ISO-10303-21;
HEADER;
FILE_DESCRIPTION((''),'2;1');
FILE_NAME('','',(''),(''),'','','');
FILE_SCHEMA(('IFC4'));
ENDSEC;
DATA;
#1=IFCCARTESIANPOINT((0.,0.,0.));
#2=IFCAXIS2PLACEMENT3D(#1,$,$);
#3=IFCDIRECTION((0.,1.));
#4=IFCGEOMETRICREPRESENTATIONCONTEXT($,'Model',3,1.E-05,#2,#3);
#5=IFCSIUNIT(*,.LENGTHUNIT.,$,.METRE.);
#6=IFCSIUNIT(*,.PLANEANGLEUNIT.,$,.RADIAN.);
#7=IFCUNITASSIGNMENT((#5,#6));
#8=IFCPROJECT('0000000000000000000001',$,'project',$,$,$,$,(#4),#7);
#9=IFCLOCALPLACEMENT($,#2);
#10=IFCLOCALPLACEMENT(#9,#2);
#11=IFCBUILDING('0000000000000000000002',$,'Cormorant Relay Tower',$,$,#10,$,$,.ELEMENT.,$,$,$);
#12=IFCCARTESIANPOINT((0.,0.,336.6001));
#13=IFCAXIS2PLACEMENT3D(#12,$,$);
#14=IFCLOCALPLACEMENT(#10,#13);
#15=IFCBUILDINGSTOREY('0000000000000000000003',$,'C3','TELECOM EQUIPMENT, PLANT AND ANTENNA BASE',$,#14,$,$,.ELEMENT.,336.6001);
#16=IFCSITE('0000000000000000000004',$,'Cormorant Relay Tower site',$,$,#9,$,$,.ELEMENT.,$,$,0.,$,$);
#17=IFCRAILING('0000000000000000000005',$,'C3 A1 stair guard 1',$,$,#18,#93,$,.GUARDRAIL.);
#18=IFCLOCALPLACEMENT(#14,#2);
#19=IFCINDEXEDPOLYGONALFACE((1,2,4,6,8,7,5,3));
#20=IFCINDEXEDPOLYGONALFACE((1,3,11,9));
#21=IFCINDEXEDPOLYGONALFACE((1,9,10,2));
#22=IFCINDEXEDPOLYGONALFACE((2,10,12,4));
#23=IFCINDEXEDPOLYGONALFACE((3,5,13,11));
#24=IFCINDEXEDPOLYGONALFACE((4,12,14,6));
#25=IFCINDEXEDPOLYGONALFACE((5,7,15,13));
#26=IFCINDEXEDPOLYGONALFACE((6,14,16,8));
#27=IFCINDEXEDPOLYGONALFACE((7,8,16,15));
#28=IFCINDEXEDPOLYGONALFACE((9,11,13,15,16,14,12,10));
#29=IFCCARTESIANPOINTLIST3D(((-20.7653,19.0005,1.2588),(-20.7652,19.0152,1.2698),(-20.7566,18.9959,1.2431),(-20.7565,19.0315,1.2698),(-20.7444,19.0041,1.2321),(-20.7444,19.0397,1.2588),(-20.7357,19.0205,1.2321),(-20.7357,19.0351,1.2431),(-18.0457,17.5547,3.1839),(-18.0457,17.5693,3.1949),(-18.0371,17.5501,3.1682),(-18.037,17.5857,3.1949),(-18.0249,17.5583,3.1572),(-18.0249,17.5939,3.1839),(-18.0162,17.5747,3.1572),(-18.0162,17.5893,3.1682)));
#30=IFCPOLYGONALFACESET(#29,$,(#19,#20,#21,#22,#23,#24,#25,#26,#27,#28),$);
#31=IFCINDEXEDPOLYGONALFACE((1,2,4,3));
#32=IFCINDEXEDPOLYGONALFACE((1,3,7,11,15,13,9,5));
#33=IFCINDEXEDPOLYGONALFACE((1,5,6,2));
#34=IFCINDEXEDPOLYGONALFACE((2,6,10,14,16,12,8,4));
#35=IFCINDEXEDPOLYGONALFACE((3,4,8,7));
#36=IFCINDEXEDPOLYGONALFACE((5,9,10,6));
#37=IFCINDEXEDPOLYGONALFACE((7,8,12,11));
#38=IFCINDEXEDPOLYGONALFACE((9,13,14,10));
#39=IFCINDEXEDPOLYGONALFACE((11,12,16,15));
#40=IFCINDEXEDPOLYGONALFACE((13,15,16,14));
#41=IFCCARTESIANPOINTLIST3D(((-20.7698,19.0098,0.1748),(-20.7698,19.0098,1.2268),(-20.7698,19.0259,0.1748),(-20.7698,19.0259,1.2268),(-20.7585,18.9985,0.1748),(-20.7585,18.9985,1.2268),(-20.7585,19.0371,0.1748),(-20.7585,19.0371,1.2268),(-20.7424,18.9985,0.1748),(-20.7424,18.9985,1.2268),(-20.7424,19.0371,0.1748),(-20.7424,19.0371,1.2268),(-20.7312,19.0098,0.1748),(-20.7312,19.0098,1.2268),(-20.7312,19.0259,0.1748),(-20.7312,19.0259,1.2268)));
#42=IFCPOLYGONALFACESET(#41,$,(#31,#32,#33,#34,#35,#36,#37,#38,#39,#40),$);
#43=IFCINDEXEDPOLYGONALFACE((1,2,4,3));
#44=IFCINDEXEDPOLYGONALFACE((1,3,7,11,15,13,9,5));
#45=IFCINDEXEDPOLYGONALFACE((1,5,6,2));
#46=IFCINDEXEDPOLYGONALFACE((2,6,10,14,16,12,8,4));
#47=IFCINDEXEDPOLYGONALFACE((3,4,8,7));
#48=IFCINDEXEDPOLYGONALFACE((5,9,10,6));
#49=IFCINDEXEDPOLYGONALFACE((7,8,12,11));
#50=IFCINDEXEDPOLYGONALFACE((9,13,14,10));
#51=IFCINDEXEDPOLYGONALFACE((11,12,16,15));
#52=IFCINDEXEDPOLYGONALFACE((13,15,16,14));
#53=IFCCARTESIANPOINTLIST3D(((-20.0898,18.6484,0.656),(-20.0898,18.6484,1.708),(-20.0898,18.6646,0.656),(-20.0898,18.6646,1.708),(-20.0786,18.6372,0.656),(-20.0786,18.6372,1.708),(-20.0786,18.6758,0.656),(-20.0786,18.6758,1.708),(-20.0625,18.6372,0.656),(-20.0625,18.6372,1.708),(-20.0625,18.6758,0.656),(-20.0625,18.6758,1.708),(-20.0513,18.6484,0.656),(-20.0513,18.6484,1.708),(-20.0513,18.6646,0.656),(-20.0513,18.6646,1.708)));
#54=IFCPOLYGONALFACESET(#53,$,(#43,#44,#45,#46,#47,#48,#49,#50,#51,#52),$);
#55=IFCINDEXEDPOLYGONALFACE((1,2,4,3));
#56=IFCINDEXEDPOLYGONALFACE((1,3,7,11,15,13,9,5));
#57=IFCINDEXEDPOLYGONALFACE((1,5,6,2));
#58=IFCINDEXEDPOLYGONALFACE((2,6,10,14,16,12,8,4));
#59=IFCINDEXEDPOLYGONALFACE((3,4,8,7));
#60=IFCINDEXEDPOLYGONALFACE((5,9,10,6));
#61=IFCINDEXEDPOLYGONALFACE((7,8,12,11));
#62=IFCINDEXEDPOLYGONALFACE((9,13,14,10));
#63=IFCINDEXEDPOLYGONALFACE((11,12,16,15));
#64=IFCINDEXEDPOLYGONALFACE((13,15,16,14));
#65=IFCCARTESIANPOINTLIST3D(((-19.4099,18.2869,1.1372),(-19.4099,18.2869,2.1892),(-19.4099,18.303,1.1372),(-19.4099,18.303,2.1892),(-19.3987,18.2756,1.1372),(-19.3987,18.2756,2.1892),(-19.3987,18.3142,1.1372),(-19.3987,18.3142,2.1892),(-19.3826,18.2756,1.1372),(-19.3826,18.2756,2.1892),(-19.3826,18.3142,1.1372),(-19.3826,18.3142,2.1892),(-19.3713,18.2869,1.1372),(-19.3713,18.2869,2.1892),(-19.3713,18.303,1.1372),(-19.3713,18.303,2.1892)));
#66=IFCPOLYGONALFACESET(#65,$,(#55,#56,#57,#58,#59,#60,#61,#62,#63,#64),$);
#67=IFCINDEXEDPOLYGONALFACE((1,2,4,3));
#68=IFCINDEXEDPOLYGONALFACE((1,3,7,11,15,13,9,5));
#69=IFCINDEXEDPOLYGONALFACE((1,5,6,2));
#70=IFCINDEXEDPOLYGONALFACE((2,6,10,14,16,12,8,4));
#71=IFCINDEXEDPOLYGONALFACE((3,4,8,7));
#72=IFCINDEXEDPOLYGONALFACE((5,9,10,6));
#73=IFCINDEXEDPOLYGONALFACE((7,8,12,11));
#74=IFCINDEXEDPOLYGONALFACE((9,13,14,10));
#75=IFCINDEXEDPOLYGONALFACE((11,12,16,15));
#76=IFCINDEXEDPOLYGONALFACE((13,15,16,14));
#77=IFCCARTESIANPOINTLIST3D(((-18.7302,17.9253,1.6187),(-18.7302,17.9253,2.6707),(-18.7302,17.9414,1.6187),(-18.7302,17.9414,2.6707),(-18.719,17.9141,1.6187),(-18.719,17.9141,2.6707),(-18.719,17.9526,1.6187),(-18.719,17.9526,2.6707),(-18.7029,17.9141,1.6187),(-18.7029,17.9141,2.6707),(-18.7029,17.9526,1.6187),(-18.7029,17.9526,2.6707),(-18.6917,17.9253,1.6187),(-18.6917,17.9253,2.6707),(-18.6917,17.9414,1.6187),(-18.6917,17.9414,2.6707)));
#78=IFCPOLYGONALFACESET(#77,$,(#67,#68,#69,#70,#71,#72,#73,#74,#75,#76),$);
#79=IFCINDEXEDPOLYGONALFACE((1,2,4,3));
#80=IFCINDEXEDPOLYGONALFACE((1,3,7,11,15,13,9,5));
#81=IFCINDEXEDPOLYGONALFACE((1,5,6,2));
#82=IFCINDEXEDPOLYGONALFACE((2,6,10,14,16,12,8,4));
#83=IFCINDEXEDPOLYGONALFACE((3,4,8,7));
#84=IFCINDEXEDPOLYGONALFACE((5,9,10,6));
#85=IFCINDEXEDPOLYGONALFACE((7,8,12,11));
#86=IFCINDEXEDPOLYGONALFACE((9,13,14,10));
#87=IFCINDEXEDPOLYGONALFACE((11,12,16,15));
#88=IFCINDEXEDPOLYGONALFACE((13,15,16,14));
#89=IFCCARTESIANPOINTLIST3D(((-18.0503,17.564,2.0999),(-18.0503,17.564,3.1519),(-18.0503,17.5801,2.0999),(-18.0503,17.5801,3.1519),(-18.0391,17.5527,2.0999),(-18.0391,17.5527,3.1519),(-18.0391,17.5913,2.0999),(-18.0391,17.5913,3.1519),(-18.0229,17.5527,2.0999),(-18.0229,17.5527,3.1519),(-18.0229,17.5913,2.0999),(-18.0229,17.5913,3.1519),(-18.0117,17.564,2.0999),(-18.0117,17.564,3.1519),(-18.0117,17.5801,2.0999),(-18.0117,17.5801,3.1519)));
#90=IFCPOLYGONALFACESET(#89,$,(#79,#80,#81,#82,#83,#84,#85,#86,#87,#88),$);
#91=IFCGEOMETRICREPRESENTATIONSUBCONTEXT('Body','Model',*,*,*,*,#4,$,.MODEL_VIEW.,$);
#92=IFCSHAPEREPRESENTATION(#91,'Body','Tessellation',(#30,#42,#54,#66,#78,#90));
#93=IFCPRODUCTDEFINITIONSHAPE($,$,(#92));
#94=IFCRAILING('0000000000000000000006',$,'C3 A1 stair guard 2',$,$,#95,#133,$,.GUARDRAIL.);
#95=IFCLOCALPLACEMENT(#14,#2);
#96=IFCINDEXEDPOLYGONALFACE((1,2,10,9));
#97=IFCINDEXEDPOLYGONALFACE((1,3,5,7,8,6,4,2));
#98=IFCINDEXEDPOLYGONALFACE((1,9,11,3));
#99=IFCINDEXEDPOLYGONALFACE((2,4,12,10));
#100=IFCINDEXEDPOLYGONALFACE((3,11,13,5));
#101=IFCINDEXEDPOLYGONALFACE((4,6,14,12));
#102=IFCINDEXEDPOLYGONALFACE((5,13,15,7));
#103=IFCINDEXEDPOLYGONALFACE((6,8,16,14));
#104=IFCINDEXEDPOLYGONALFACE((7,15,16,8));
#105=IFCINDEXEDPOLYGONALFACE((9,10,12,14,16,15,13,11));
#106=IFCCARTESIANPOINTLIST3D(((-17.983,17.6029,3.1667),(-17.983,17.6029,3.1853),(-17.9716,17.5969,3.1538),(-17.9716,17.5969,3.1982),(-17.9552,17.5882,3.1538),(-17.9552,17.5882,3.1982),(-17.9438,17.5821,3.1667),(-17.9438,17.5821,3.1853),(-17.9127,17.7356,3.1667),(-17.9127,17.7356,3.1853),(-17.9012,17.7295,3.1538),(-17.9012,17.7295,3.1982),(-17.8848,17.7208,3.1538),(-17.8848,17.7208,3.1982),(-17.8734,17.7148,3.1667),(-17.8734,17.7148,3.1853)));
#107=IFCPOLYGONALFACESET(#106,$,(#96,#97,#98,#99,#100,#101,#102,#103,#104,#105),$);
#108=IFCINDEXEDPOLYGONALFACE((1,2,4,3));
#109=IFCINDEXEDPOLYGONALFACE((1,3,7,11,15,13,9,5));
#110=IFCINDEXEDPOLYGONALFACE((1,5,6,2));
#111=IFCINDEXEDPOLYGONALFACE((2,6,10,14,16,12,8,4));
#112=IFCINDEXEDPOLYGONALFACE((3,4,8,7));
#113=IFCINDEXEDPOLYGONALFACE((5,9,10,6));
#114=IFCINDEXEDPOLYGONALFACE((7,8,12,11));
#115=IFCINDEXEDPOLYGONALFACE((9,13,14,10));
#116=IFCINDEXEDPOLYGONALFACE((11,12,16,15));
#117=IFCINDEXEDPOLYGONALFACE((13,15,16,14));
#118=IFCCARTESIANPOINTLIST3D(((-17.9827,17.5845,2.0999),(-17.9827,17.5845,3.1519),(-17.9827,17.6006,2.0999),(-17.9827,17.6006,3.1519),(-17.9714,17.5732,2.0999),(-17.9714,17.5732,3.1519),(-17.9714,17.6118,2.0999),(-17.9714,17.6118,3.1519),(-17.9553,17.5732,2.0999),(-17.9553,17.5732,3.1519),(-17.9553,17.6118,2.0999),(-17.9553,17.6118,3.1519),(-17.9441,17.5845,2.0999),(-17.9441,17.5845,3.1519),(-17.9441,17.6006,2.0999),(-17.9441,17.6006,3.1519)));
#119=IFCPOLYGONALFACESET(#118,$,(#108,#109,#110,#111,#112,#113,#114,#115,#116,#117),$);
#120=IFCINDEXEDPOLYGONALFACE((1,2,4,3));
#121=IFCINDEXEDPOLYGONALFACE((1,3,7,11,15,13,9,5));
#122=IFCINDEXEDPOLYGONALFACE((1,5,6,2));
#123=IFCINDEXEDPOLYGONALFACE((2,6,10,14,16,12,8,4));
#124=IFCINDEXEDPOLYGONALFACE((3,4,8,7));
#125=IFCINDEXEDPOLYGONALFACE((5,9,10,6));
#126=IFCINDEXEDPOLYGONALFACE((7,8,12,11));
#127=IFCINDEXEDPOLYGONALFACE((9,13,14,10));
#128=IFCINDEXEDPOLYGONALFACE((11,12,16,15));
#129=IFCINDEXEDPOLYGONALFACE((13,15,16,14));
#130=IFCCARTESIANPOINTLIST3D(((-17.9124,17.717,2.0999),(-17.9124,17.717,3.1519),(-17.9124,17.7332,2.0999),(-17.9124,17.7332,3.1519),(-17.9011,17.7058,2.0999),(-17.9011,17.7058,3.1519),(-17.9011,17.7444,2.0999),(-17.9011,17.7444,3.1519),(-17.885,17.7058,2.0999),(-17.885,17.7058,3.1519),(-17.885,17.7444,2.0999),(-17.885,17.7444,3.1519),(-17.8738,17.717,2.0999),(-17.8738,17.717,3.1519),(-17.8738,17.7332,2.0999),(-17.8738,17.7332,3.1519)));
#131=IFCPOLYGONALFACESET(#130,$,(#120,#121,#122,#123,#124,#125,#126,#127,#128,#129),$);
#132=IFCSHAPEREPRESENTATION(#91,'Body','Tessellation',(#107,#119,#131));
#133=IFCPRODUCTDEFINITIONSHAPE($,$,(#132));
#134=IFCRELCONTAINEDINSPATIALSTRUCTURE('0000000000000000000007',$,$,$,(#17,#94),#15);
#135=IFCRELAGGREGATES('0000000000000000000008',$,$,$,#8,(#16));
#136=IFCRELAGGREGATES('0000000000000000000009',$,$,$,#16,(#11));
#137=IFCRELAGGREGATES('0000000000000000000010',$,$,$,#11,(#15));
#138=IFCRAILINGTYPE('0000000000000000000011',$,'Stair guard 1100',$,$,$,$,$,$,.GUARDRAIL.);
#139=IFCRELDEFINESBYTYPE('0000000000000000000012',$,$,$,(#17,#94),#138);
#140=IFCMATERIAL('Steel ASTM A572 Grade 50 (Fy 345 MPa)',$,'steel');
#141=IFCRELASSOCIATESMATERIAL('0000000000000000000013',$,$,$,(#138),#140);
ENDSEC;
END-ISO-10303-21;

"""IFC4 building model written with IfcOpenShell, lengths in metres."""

from ifc_helpers import new_model, si_unit, direction, frame, origin, place, context, subcontext, project, spatial, polyline, outline, extrude, material, type_object, element, save


model = new_model("IFC4")

# Units and contexts
model_context = context("Model", 3, precision=1e-05, world=origin(), true_north=direction((0.0, 1.0)))
body_context = subcontext(model_context, "Body", "Model", "MODEL_VIEW")
ifc_project = project(units=[si_unit("LENGTHUNIT", "METRE"), si_unit("PLANEANGLEUNIT", "RADIAN")], contexts=[model_context])

# Site, building, storey
site_placement = place(None, origin())
site = spatial("IfcSite", under=ifc_project, at=site_placement, Name="Cormorant Relay Tower site", CompositionType="ELEMENT", RefElevation=0.0)
building_placement = place(site_placement, origin())
building = spatial("IfcBuilding", under=site, at=building_placement, Name="Cormorant Relay Tower", CompositionType="ELEMENT")
storey_placement = place(building_placement, frame((0.0, 0.0, 336.6001)))
storey = spatial("IfcBuildingStorey", under=building, at=storey_placement, Name="C3", Description="TELECOM EQUIPMENT, PLANT AND ANTENNA BASE", CompositionType="ELEMENT", Elevation=336.6001)

# Railings
ifc_material_1 = material(Name="Steel ASTM A572 Grade 50 (Fy 345 MPa)", Category="steel")
railing_type_1 = type_object("IfcRailingType", Name="Stair guard 1100", PredefinedType="GUARDRAIL", material=ifc_material_1)
railing_1_placement = place(storey_placement, frame((-20.7505, 19.0178, 0.1748)))
element("IfcRailing", 1, at=railing_1_placement, inside=storey, type_object=railing_type_1, Name="C3 A1 stair guard 1", PredefinedType="GUARDRAIL", context=body_context, shape_type="SweptSolid", body=[
    extrude(outline(polyline([(0.0222, 0.0093), (0.0093, 0.0222), (-0.0093, 0.0222), (-0.0222, 0.0093), (-0.0222, -0.0093), (-0.0093, -0.0222), (0.0093, -0.0222), (0.0222, -0.0093), (0.0222, 0.0093)])), frame((0.0, 0.0, 1.0762), z_axis=(0.748747, -0.398068, 0.530018), x_axis=(0.469428, 0.882971, 0.0)), (0.0, 0.0, 1.0), 3.6321),
    extrude(outline(polyline([(0.0193, 0.0081), (0.0081, 0.0193), (-0.0081, 0.0193), (-0.0193, 0.0081), (-0.0193, -0.0081), (-0.0081, -0.0193), (0.0081, -0.0193), (0.0193, -0.0081), (0.0193, 0.0081)])), origin(), (0.0, 0.0, 1.0), 1.052),
    extrude(outline(polyline([(0.0193, 0.0081), (0.0081, 0.0193), (-0.0081, 0.0193), (-0.0193, 0.0081), (-0.0193, -0.0081), (-0.0081, -0.0193), (0.0081, -0.0193), (0.0193, -0.0081), (0.0193, 0.0081)])), frame((0.6799, -0.3613, 0.4812)), (0.0, 0.0, 1.0), 1.052),
    extrude(outline(polyline([(0.0193, 0.0081), (0.0081, 0.0193), (-0.0081, 0.0193), (-0.0193, 0.0081), (-0.0193, -0.0081), (-0.0081, -0.0193), (0.0081, -0.0193), (0.0193, -0.0081), (0.0193, 0.0081)])), frame((1.3599, -0.7229, 0.9624)), (0.0, 0.0, 1.0), 1.052),
    extrude(outline(polyline([(0.0193, 0.0081), (0.0081, 0.0193), (-0.0081, 0.0193), (-0.0193, 0.0081), (-0.0193, -0.0081), (-0.0081, -0.0193), (0.0081, -0.0193), (0.0193, -0.0081), (0.0193, 0.0081)])), frame((2.0396, -1.0845, 1.4438)), (0.0, 0.0, 1.0), 1.052),
    extrude(outline(polyline([(0.0193, 0.0081), (0.0081, 0.0193), (-0.0081, 0.0193), (-0.0193, 0.0081), (-0.0193, -0.0081), (-0.0081, -0.0193), (0.0081, -0.0193), (0.0193, -0.0081), (0.0193, 0.0081)])), frame((2.7195, -1.4458, 1.925)), (0.0, 0.0, 1.0), 1.052),
])
railing_2_placement = place(storey_placement, frame((-17.9634, 17.5925, 2.0999)))
element("IfcRailing", 2, at=railing_2_placement, inside=storey, type_object=railing_type_1, Name="C3 A1 stair guard 2", PredefinedType="GUARDRAIL", context=body_context, shape_type="SweptSolid", body=[
    extrude(outline(polyline([(0.0222, 0.0093), (0.0093, 0.0222), (-0.0093, 0.0222), (-0.0222, 0.0093), (-0.0222, -0.0093), (-0.0093, -0.0222), (0.0093, -0.0222), (0.0222, -0.0093), (0.0222, 0.0093)])), frame((0.0, 0.0, 1.0762), z_axis=(0.46856, 0.883431, 0.0), x_axis=(-0.883431, 0.46856, 0.0)), (0.0, 0.0, 1.0), 0.1501),
    extrude(outline(polyline([(0.0193, 0.0081), (0.0081, 0.0193), (-0.0081, 0.0193), (-0.0193, 0.0081), (-0.0193, -0.0081), (-0.0081, -0.0193), (0.0081, -0.0193), (0.0193, -0.0081), (0.0193, 0.0081)])), origin(), (0.0, 0.0, 1.0), 1.052),
    extrude(outline(polyline([(0.0193, 0.0081), (0.0081, 0.0193), (-0.0081, 0.0193), (-0.0193, 0.0081), (-0.0193, -0.0081), (-0.0081, -0.0193), (0.0081, -0.0193), (0.0193, -0.0081), (0.0193, 0.0081)])), frame((0.0703, 0.1326, 0.0)), (0.0, 0.0, 1.0), 1.052),
])

save(model, "model.ifc")
